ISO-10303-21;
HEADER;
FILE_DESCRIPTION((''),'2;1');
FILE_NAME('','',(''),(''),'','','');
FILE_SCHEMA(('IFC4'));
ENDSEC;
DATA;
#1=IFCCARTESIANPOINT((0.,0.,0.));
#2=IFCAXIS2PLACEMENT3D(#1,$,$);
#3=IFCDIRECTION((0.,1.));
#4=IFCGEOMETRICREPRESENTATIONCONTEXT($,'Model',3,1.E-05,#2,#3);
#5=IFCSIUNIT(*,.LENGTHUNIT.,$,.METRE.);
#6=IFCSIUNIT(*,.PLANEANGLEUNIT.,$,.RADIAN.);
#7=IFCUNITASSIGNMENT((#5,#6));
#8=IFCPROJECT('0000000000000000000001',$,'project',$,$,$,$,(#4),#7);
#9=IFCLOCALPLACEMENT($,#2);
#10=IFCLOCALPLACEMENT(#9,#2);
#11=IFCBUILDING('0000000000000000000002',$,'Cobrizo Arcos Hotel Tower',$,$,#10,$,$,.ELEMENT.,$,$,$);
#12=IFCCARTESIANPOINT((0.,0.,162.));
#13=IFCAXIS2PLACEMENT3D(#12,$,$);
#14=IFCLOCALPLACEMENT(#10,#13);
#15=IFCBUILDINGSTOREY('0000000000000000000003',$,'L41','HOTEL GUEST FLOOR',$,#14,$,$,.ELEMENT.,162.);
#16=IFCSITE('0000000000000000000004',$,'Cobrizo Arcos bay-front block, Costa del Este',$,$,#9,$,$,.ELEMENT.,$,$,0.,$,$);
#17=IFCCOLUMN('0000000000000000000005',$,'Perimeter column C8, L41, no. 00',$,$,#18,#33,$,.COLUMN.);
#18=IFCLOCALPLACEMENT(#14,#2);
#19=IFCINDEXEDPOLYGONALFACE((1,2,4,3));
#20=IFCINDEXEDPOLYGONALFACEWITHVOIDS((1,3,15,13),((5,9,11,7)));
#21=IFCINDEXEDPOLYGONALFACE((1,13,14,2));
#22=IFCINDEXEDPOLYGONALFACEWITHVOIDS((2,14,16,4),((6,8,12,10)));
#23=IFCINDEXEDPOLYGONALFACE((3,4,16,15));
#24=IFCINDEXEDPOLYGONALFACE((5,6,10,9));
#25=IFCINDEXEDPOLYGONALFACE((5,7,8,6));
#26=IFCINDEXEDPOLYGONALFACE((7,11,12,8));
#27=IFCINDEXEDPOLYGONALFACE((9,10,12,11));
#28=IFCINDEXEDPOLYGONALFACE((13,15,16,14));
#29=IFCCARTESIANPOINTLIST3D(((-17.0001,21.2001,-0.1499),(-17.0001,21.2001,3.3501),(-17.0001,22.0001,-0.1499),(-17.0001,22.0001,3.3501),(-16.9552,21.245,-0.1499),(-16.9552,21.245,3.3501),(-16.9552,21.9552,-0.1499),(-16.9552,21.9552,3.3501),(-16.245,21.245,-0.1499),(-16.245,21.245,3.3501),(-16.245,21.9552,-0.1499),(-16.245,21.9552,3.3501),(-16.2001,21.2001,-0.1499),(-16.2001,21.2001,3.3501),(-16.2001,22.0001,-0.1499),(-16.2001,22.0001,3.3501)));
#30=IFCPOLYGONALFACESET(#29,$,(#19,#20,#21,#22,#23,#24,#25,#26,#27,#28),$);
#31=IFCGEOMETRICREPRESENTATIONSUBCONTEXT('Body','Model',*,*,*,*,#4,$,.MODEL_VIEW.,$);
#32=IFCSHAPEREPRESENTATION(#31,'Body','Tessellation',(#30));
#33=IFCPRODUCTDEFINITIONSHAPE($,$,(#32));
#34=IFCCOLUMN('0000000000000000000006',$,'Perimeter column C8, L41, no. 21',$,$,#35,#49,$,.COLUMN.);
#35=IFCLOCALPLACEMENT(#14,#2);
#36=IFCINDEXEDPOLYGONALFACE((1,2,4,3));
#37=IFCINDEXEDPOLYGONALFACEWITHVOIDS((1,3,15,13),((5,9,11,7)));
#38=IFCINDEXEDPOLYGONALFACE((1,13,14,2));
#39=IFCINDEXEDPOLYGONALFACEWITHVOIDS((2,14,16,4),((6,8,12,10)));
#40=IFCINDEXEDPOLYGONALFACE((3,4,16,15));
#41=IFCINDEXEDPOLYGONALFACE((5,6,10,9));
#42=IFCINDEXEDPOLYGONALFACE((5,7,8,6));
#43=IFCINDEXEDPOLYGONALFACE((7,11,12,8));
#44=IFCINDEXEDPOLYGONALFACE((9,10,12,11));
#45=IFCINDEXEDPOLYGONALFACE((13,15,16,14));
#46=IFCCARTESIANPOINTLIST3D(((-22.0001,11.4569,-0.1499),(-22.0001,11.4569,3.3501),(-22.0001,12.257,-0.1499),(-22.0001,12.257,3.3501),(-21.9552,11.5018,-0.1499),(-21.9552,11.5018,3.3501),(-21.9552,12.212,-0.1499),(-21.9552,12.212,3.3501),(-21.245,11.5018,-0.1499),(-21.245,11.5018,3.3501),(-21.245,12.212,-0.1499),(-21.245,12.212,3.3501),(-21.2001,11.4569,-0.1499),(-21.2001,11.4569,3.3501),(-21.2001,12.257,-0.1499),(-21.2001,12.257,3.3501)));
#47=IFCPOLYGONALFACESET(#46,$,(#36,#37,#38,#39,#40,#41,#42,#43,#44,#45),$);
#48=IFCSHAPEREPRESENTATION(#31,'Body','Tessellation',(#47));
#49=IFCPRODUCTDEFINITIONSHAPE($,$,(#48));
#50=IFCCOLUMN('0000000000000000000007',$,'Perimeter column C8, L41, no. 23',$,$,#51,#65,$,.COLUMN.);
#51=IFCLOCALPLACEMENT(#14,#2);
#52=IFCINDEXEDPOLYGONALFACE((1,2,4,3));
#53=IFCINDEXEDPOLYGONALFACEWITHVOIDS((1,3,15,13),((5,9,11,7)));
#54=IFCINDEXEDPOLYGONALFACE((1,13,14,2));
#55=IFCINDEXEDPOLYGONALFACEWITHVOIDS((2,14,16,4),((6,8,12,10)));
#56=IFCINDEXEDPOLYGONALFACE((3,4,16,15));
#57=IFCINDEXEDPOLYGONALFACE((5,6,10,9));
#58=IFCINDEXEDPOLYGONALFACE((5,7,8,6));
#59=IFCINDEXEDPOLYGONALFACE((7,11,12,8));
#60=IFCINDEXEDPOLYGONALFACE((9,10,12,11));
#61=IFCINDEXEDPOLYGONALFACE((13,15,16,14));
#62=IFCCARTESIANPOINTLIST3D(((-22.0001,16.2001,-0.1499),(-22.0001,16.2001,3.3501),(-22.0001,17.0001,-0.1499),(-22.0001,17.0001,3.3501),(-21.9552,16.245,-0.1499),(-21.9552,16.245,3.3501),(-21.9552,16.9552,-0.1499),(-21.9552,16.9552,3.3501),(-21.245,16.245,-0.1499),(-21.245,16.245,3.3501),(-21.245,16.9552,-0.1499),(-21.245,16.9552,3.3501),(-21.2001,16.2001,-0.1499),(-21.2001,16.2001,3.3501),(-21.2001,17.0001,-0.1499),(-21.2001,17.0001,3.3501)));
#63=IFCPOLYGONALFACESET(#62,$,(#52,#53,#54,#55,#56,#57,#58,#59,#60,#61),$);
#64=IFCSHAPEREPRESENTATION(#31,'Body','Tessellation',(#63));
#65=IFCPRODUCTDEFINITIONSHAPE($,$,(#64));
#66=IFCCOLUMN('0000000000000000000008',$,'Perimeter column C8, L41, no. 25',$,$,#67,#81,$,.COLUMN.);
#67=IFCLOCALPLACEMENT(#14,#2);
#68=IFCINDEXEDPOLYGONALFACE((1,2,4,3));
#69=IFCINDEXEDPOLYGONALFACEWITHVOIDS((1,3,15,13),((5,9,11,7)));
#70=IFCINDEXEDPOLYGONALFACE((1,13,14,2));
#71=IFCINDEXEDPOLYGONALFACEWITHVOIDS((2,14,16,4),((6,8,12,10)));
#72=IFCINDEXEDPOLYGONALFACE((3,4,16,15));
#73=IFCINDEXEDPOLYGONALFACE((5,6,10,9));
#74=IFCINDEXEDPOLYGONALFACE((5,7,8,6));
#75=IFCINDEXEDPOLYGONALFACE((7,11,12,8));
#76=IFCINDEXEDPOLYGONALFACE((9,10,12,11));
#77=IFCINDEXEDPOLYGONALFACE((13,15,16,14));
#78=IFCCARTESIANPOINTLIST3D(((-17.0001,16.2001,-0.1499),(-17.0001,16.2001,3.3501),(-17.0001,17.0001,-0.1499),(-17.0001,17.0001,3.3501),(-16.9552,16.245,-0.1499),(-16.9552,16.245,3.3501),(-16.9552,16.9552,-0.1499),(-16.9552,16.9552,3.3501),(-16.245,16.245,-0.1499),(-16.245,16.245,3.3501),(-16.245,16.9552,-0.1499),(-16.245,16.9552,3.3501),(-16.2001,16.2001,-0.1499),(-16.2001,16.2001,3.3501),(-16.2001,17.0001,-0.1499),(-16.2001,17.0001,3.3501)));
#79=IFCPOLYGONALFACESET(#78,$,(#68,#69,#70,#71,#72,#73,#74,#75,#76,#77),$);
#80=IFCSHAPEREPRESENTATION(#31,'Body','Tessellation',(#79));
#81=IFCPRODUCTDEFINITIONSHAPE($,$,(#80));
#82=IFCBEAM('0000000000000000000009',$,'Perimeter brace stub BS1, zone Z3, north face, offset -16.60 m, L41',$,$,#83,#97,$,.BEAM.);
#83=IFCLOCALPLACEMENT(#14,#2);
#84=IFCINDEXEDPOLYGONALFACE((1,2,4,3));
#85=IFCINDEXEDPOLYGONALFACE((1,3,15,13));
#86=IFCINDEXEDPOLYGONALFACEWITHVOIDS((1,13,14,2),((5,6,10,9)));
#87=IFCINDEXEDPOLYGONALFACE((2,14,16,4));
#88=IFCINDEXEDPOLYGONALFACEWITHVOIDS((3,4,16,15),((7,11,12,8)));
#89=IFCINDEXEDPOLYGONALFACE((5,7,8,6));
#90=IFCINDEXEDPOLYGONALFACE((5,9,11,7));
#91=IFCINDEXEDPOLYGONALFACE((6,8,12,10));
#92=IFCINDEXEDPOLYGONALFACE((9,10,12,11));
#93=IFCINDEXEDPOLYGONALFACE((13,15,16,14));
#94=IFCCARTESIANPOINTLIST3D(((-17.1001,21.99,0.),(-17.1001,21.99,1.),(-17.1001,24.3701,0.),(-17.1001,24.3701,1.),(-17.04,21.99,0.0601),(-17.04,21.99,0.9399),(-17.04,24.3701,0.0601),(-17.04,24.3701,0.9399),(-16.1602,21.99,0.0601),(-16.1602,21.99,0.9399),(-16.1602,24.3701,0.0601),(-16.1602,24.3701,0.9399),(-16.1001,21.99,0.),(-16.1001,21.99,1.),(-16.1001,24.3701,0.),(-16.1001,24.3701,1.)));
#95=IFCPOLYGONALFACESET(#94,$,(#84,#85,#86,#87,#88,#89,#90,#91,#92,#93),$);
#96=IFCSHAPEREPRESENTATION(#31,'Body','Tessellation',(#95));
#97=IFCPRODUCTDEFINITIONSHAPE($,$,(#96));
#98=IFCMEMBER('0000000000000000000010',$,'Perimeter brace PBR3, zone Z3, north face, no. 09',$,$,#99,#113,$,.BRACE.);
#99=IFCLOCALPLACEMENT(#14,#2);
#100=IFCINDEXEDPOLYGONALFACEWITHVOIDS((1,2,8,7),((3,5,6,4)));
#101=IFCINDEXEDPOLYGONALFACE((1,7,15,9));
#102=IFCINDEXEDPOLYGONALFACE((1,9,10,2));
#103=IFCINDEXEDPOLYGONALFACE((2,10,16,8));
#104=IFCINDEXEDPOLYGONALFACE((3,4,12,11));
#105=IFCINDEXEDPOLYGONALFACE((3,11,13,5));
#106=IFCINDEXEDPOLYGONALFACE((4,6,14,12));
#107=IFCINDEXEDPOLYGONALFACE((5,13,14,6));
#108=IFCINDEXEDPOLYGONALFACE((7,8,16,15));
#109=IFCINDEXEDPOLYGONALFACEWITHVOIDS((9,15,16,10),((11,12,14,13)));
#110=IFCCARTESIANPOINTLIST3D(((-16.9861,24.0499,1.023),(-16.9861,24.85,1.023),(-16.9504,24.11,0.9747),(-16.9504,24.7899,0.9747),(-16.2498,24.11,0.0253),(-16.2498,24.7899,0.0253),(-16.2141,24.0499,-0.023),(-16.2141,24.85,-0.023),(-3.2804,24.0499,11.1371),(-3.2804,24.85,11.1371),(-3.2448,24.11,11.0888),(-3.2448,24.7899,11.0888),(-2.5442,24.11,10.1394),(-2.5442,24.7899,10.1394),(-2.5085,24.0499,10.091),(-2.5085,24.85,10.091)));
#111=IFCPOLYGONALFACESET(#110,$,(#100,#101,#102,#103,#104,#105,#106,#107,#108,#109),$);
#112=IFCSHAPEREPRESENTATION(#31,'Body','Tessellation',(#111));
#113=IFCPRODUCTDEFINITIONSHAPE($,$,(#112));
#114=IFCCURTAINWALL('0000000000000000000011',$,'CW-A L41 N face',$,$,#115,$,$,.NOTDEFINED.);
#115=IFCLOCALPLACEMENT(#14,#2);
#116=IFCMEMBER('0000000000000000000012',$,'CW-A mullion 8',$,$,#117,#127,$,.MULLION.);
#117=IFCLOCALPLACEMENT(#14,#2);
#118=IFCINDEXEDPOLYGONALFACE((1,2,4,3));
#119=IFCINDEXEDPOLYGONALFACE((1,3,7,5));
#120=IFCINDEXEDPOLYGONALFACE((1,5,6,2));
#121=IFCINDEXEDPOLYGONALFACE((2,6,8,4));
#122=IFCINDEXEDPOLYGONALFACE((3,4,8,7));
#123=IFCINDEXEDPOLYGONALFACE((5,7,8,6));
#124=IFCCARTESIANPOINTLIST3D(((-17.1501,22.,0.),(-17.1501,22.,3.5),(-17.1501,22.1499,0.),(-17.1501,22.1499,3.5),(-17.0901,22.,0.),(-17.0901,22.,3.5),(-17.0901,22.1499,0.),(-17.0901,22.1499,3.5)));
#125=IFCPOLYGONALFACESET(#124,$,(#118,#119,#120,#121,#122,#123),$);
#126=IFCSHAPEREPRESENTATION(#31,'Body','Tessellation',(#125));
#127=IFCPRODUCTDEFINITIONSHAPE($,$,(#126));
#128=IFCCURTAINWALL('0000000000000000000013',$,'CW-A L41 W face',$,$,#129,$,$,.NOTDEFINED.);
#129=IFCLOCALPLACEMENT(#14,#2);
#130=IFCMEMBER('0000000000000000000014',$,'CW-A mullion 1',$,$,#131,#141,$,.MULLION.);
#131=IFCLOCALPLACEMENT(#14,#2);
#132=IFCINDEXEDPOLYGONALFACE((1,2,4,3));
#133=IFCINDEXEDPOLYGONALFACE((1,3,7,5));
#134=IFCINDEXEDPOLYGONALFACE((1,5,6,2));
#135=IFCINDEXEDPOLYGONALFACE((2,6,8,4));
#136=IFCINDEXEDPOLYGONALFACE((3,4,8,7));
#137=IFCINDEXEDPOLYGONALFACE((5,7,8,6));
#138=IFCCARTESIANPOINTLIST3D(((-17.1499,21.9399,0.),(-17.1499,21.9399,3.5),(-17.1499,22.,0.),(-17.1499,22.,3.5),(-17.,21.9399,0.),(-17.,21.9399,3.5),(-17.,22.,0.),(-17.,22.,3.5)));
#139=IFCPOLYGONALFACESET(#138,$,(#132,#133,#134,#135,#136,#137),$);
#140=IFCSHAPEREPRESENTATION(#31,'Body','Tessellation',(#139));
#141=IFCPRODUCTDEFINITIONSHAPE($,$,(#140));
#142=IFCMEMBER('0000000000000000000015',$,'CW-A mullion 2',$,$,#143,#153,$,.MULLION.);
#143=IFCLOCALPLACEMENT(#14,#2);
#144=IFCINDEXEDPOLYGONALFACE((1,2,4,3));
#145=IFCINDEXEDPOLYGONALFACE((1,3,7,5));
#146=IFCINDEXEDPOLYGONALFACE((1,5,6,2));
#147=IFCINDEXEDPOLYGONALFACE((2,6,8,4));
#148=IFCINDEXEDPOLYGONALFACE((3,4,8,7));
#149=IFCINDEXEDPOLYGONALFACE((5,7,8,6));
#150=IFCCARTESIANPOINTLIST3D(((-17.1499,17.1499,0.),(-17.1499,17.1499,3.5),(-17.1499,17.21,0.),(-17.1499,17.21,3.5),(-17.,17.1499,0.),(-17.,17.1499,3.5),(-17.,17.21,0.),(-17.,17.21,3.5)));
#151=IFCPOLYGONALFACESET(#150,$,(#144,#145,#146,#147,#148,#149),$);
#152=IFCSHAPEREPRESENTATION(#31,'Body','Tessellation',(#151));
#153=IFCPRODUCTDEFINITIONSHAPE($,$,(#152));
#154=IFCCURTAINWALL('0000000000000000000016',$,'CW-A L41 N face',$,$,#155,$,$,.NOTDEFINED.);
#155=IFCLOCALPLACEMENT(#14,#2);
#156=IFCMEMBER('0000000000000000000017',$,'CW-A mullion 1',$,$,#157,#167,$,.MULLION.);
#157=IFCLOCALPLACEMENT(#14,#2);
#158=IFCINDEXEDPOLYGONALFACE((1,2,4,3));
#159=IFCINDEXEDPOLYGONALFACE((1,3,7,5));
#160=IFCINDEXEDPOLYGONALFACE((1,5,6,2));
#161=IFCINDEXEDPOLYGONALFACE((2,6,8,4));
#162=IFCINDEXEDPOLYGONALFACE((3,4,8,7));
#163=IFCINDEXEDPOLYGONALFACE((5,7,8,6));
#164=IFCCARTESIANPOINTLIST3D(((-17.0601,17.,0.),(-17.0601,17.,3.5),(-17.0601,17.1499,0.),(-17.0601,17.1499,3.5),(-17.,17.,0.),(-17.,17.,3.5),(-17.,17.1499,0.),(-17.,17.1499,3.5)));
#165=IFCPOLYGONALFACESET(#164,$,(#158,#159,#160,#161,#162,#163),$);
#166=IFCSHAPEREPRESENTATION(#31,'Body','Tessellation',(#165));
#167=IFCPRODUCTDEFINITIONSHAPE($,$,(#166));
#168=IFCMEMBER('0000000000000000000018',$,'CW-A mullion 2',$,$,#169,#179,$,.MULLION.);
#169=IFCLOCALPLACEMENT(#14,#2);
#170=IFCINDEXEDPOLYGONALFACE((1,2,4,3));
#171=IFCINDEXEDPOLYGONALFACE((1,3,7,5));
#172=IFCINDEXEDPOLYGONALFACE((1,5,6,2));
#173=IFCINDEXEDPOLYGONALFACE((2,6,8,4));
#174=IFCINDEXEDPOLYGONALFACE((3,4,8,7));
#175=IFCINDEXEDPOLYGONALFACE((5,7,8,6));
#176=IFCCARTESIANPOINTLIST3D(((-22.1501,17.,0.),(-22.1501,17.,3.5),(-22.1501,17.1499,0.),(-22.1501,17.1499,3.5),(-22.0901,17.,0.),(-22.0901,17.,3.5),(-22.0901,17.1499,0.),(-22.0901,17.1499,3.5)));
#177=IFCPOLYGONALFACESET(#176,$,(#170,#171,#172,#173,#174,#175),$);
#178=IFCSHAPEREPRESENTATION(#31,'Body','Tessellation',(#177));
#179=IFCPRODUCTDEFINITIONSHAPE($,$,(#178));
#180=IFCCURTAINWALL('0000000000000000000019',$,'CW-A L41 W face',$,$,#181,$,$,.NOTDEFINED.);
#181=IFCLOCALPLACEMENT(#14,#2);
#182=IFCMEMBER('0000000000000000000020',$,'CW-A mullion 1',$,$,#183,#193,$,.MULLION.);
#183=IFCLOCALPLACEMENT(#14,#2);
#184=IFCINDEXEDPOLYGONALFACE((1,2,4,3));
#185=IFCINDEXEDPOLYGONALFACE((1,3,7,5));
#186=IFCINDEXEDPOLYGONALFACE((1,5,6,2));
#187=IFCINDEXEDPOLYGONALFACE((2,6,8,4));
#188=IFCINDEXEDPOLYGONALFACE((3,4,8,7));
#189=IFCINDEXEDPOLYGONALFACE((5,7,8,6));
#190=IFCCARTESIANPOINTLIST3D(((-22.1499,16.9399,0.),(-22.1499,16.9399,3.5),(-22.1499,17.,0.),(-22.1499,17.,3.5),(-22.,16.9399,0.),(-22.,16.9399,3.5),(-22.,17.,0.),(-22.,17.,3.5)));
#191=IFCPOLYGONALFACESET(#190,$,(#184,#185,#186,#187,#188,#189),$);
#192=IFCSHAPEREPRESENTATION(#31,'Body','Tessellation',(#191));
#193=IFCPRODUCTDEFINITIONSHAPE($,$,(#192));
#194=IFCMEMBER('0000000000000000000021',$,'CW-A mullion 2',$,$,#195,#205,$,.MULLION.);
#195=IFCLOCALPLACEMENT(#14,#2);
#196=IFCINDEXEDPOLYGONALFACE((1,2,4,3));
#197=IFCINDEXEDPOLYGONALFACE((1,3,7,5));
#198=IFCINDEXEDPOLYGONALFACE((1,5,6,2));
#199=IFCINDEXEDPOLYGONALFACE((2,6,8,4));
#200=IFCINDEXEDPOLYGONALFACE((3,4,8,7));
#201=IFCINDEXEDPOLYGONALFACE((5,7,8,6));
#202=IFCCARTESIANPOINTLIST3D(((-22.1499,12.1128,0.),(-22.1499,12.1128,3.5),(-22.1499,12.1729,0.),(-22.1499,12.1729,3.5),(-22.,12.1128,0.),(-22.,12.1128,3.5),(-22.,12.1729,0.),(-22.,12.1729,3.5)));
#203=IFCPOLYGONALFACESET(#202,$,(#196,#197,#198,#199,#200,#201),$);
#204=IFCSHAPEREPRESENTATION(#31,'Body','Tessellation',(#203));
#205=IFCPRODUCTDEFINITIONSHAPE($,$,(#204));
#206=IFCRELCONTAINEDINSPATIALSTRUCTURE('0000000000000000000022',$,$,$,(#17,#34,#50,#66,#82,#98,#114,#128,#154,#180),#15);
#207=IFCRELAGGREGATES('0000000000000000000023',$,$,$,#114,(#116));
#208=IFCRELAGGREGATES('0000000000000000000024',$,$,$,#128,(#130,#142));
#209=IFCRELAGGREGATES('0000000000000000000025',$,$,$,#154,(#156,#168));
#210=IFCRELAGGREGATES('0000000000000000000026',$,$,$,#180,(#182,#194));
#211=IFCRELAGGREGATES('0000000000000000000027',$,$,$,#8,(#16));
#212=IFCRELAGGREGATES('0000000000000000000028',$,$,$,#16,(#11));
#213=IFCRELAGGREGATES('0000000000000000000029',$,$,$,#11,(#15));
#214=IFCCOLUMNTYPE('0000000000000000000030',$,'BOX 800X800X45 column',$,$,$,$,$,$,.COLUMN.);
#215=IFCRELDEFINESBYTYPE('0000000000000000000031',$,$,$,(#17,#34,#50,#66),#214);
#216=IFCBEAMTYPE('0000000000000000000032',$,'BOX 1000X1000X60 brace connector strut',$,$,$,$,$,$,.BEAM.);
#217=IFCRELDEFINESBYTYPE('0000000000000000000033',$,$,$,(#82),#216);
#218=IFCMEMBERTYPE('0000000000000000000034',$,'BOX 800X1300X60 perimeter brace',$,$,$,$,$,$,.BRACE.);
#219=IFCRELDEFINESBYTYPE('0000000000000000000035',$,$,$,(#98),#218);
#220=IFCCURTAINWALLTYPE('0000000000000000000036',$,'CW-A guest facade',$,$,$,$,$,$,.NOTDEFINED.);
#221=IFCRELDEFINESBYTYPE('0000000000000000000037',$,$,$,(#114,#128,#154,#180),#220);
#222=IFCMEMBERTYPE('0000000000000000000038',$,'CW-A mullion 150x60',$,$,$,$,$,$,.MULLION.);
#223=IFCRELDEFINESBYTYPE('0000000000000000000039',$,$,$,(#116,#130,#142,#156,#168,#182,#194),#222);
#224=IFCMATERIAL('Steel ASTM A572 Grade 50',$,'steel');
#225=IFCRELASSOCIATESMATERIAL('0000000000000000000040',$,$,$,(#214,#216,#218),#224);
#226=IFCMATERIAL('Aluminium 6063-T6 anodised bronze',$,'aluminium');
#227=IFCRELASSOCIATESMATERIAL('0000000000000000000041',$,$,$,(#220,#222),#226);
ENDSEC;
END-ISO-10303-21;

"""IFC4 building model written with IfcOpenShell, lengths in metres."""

from ifc_helpers import new_model, si_unit, direction, frame, origin, origin_2d, place, context, subcontext, project, spatial, rectangle, hollow_rectangle, extrude, material, material_profile, profile_set, type_object, element, aggregate, save


model = new_model("IFC4")

# Units and contexts
model_context = context("Model", 3, precision=1e-05, world=origin(), true_north=direction((0.0, 1.0)))
body_context = subcontext(model_context, "Body", "Model", "MODEL_VIEW")
ifc_project = project(units=[si_unit("LENGTHUNIT", "METRE"), si_unit("PLANEANGLEUNIT", "RADIAN")], contexts=[model_context])

# Site, building, storey
site_placement = place(None, origin())
site = spatial("IfcSite", under=ifc_project, at=site_placement, Name="Cobrizo Arcos bay-front block, Costa del Este", CompositionType="ELEMENT", RefElevation=0.0)
building_placement = place(site_placement, origin())
building = spatial("IfcBuilding", under=site, at=building_placement, Name="Cobrizo Arcos Hotel Tower", CompositionType="ELEMENT")
storey_placement = place(building_placement, frame((0.0, 0.0, 162.0)))
storey = spatial("IfcBuildingStorey", under=building, at=storey_placement, Name="L41", Description="HOTEL GUEST FLOOR", CompositionType="ELEMENT", Elevation=162.0)

# Columns
ifc_material_1 = material(Name="Steel ASTM A572 Grade 50", Category="steel")
ifc_material_profile_1 = material_profile(ifc_material_1, hollow_rectangle(XDim=0.8, YDim=0.8, WallThickness=0.0449, at=origin_2d()), Name="BOX 800X800X45")
ifc_profile_set_1 = profile_set([ifc_material_profile_1], Name="Steel ASTM A572 Grade 50")
column_type = type_object("IfcColumnType", Name="BOX 800X800X45 column", PredefinedType="COLUMN", material=ifc_profile_set_1)
for number, where, z_axis, x_axis, name in (
    (1, (-16.6001, 21.6001, -0.1499), (0.0, 0.0, 1.0), (1.0, 0.0, 0.0), "Perimeter column C8, L41, no. 00"),
    (2, (-21.6001, 11.8569, -0.1499), (0.0, 0.0, 1.0), (1.0, 0.0, 0.0), "Perimeter column C8, L41, no. 21"),
    (3, (-21.6001, 16.6001, -0.1499), (0.0, 0.0, 1.0), (1.0, 0.0, 0.0), "Perimeter column C8, L41, no. 23"),
    (4, (-16.6001, 16.6001, -0.1499), (0.0, 0.0, 1.0), (1.0, 0.0, 0.0), "Perimeter column C8, L41, no. 25"),
):
    element("IfcColumn", number, at=place(storey_placement, frame(where, z_axis=z_axis, x_axis=x_axis)), inside=storey, type_object=column_type, Name=name, PredefinedType="COLUMN", context=body_context, shape_type="SweptSolid", body=[
        extrude(hollow_rectangle(XDim=0.8, YDim=0.8, WallThickness=0.0449, at=origin_2d()), origin(), (0.0, 0.0, 1.0), 3.5),
    ])

# Beam
ifc_material_profile_2 = material_profile(ifc_material_1, hollow_rectangle(XDim=1.0, YDim=1.0, WallThickness=0.0601, at=origin_2d()), Name="BOX 1000X1000X60")
ifc_profile_set_2 = profile_set([ifc_material_profile_2], Name="Steel ASTM A572 Grade 50")
beam_type_1 = type_object("IfcBeamType", Name="BOX 1000X1000X60 brace connector strut", PredefinedType="BEAM", material=ifc_profile_set_2)
beam_1_placement = place(storey_placement, frame((-16.6001, 21.99, 0.5), z_axis=(0.0, 1.0, 0.0), x_axis=(-1.0, 0.0, 0.0)))
element("IfcBeam", 5, at=beam_1_placement, inside=storey, type_object=beam_type_1, Name="Perimeter brace stub BS1, zone Z3, north face, offset -16.60 m, L41", PredefinedType="BEAM", context=body_context, shape_type="SweptSolid", body=[
    extrude(hollow_rectangle(XDim=1.0, YDim=1.0, WallThickness=0.0601, at=origin_2d()), origin(), (0.0, 0.0, 1.0), 2.3801),
])

# Member
ifc_material_profile_3 = material_profile(ifc_material_1, hollow_rectangle(XDim=0.8, YDim=1.3, WallThickness=0.0601, at=origin_2d()), Name="BOX 800X1300X60")
ifc_profile_set_3 = profile_set([ifc_material_profile_3], Name="Steel ASTM A572 Grade 50")
member_type_1 = type_object("IfcMemberType", Name="BOX 800X1300X60 perimeter brace", PredefinedType="BRACE", material=ifc_profile_set_3)
member_1_placement = place(storey_placement, frame((-16.6001, 24.45, 0.5), z_axis=(0.80463, 0.0, 0.593776), x_axis=(0.0, 1.0, 0.0)))
element("IfcMember", 6, at=member_1_placement, inside=storey, type_object=member_type_1, Name="Perimeter brace PBR3, zone Z3, north face, no. 09", PredefinedType="BRACE", context=body_context, shape_type="SweptSolid", body=[
    extrude(hollow_rectangle(XDim=0.8, YDim=1.3, WallThickness=0.0601, at=origin_2d()), origin(), (0.0, 0.0, 1.0), 17.0334),
])

# Curtain wall, member
ifc_material_2 = material(Name="Aluminium 6063-T6 anodised bronze", Category="aluminium")
curtain_wall_type = type_object("IfcCurtainWallType", Name="CW-A guest facade", PredefinedType="NOTDEFINED", material=ifc_material_2)
curtain_wall_1_placement = place(storey_placement, origin())
curtain_wall_1 = element("IfcCurtainWall", 7, at=curtain_wall_1_placement, inside=storey, type_object=curtain_wall_type, Name="CW-A L41 N face", PredefinedType="NOTDEFINED")
ifc_material_profile_4 = material_profile(ifc_material_2, rectangle(XDim=0.1499, YDim=0.0601, at=origin_2d()), Name="CW-A mullion 150x60")
ifc_profile_set_4 = profile_set([ifc_material_profile_4], Name="Aluminium 6063-T6 anodised bronze")
member_type_2 = type_object("IfcMemberType", Name="CW-A mullion 150x60", PredefinedType="MULLION", material=ifc_profile_set_4)
member_2_placement = place(storey_placement, frame((-17.1201, 22.075, 0.0), z_axis=(0.0, 0.0, 1.0), x_axis=(0.0, 1.0, 0.0)))
member_2 = element("IfcMember", 8, at=member_2_placement, type_object=member_type_2, Name="CW-A mullion 8", PredefinedType="MULLION", context=body_context, shape_type="SweptSolid", body=[
    extrude(rectangle(XDim=0.1499, YDim=0.0601, at=origin_2d()), origin(), (0.0, 0.0, 1.0), 3.5),
])

# Curtain walls, members
curtain_wall_2_placement = place(storey_placement, origin())
curtain_wall_2 = element("IfcCurtainWall", 9, at=curtain_wall_2_placement, inside=storey, type_object=curtain_wall_type, Name="CW-A L41 W face", PredefinedType="NOTDEFINED")
member_3_placement = place(storey_placement, frame((-17.075, 21.97, 0.0), z_axis=(0.0, 0.0, 1.0), x_axis=(-1.0, 0.0, 0.0)))
member_3 = element("IfcMember", 10, at=member_3_placement, type_object=member_type_2, Name="CW-A mullion 1", PredefinedType="MULLION", context=body_context, shape_type="SweptSolid", body=[
    extrude(rectangle(XDim=0.1499, YDim=0.0601, at=origin_2d()), origin(), (0.0, 0.0, 1.0), 3.5),
])
member_4_placement = place(storey_placement, frame((-17.075, 17.1799, 0.0), z_axis=(0.0, 0.0, 1.0), x_axis=(-1.0, 0.0, 0.0)))
member_4 = element("IfcMember", 11, at=member_4_placement, type_object=member_type_2, Name="CW-A mullion 2", PredefinedType="MULLION", context=body_context, shape_type="SweptSolid", body=[
    extrude(rectangle(XDim=0.1499, YDim=0.0601, at=origin_2d()), origin(), (0.0, 0.0, 1.0), 3.5),
])
curtain_wall_3_placement = place(storey_placement, origin())
curtain_wall_3 = element("IfcCurtainWall", 12, at=curtain_wall_3_placement, inside=storey, type_object=curtain_wall_type, Name="CW-A L41 N face", PredefinedType="NOTDEFINED")
member_5_placement = place(storey_placement, frame((-17.03, 17.075, 0.0), z_axis=(0.0, 0.0, 1.0), x_axis=(0.0, 1.0, 0.0)))
member_5 = element("IfcMember", 13, at=member_5_placement, type_object=member_type_2, Name="CW-A mullion 1", PredefinedType="MULLION", context=body_context, shape_type="SweptSolid", body=[
    extrude(rectangle(XDim=0.1499, YDim=0.0601, at=origin_2d()), origin(), (0.0, 0.0, 1.0), 3.5),
])
member_6_placement = place(storey_placement, frame((-22.1201, 17.075, 0.0), z_axis=(0.0, 0.0, 1.0), x_axis=(0.0, 1.0, 0.0)))
member_6 = element("IfcMember", 14, at=member_6_placement, type_object=member_type_2, Name="CW-A mullion 2", PredefinedType="MULLION", context=body_context, shape_type="SweptSolid", body=[
    extrude(rectangle(XDim=0.1499, YDim=0.0601, at=origin_2d()), origin(), (0.0, 0.0, 1.0), 3.5),
])
curtain_wall_4_placement = place(storey_placement, origin())
curtain_wall_4 = element("IfcCurtainWall", 15, at=curtain_wall_4_placement, inside=storey, type_object=curtain_wall_type, Name="CW-A L41 W face", PredefinedType="NOTDEFINED")
member_7_placement = place(storey_placement, frame((-22.075, 16.97, 0.0), z_axis=(0.0, 0.0, 1.0), x_axis=(-1.0, 0.0, 0.0)))
member_7 = element("IfcMember", 16, at=member_7_placement, type_object=member_type_2, Name="CW-A mullion 1", PredefinedType="MULLION", context=body_context, shape_type="SweptSolid", body=[
    extrude(rectangle(XDim=0.1499, YDim=0.0601, at=origin_2d()), origin(), (0.0, 0.0, 1.0), 3.5),
])
member_8_placement = place(storey_placement, frame((-22.075, 12.1428, 0.0), z_axis=(0.0, 0.0, 1.0), x_axis=(-1.0, 0.0, 0.0)))
member_8 = element("IfcMember", 17, at=member_8_placement, type_object=member_type_2, Name="CW-A mullion 2", PredefinedType="MULLION", context=body_context, shape_type="SweptSolid", body=[
    extrude(rectangle(XDim=0.1499, YDim=0.0601, at=origin_2d()), origin(), (0.0, 0.0, 1.0), 3.5),
])

aggregate(curtain_wall_1, [member_2])
aggregate(curtain_wall_2, [member_3, member_4])
aggregate(curtain_wall_3, [member_5, member_6])
aggregate(curtain_wall_4, [member_7, member_8])

save(model, "model.ifc")
